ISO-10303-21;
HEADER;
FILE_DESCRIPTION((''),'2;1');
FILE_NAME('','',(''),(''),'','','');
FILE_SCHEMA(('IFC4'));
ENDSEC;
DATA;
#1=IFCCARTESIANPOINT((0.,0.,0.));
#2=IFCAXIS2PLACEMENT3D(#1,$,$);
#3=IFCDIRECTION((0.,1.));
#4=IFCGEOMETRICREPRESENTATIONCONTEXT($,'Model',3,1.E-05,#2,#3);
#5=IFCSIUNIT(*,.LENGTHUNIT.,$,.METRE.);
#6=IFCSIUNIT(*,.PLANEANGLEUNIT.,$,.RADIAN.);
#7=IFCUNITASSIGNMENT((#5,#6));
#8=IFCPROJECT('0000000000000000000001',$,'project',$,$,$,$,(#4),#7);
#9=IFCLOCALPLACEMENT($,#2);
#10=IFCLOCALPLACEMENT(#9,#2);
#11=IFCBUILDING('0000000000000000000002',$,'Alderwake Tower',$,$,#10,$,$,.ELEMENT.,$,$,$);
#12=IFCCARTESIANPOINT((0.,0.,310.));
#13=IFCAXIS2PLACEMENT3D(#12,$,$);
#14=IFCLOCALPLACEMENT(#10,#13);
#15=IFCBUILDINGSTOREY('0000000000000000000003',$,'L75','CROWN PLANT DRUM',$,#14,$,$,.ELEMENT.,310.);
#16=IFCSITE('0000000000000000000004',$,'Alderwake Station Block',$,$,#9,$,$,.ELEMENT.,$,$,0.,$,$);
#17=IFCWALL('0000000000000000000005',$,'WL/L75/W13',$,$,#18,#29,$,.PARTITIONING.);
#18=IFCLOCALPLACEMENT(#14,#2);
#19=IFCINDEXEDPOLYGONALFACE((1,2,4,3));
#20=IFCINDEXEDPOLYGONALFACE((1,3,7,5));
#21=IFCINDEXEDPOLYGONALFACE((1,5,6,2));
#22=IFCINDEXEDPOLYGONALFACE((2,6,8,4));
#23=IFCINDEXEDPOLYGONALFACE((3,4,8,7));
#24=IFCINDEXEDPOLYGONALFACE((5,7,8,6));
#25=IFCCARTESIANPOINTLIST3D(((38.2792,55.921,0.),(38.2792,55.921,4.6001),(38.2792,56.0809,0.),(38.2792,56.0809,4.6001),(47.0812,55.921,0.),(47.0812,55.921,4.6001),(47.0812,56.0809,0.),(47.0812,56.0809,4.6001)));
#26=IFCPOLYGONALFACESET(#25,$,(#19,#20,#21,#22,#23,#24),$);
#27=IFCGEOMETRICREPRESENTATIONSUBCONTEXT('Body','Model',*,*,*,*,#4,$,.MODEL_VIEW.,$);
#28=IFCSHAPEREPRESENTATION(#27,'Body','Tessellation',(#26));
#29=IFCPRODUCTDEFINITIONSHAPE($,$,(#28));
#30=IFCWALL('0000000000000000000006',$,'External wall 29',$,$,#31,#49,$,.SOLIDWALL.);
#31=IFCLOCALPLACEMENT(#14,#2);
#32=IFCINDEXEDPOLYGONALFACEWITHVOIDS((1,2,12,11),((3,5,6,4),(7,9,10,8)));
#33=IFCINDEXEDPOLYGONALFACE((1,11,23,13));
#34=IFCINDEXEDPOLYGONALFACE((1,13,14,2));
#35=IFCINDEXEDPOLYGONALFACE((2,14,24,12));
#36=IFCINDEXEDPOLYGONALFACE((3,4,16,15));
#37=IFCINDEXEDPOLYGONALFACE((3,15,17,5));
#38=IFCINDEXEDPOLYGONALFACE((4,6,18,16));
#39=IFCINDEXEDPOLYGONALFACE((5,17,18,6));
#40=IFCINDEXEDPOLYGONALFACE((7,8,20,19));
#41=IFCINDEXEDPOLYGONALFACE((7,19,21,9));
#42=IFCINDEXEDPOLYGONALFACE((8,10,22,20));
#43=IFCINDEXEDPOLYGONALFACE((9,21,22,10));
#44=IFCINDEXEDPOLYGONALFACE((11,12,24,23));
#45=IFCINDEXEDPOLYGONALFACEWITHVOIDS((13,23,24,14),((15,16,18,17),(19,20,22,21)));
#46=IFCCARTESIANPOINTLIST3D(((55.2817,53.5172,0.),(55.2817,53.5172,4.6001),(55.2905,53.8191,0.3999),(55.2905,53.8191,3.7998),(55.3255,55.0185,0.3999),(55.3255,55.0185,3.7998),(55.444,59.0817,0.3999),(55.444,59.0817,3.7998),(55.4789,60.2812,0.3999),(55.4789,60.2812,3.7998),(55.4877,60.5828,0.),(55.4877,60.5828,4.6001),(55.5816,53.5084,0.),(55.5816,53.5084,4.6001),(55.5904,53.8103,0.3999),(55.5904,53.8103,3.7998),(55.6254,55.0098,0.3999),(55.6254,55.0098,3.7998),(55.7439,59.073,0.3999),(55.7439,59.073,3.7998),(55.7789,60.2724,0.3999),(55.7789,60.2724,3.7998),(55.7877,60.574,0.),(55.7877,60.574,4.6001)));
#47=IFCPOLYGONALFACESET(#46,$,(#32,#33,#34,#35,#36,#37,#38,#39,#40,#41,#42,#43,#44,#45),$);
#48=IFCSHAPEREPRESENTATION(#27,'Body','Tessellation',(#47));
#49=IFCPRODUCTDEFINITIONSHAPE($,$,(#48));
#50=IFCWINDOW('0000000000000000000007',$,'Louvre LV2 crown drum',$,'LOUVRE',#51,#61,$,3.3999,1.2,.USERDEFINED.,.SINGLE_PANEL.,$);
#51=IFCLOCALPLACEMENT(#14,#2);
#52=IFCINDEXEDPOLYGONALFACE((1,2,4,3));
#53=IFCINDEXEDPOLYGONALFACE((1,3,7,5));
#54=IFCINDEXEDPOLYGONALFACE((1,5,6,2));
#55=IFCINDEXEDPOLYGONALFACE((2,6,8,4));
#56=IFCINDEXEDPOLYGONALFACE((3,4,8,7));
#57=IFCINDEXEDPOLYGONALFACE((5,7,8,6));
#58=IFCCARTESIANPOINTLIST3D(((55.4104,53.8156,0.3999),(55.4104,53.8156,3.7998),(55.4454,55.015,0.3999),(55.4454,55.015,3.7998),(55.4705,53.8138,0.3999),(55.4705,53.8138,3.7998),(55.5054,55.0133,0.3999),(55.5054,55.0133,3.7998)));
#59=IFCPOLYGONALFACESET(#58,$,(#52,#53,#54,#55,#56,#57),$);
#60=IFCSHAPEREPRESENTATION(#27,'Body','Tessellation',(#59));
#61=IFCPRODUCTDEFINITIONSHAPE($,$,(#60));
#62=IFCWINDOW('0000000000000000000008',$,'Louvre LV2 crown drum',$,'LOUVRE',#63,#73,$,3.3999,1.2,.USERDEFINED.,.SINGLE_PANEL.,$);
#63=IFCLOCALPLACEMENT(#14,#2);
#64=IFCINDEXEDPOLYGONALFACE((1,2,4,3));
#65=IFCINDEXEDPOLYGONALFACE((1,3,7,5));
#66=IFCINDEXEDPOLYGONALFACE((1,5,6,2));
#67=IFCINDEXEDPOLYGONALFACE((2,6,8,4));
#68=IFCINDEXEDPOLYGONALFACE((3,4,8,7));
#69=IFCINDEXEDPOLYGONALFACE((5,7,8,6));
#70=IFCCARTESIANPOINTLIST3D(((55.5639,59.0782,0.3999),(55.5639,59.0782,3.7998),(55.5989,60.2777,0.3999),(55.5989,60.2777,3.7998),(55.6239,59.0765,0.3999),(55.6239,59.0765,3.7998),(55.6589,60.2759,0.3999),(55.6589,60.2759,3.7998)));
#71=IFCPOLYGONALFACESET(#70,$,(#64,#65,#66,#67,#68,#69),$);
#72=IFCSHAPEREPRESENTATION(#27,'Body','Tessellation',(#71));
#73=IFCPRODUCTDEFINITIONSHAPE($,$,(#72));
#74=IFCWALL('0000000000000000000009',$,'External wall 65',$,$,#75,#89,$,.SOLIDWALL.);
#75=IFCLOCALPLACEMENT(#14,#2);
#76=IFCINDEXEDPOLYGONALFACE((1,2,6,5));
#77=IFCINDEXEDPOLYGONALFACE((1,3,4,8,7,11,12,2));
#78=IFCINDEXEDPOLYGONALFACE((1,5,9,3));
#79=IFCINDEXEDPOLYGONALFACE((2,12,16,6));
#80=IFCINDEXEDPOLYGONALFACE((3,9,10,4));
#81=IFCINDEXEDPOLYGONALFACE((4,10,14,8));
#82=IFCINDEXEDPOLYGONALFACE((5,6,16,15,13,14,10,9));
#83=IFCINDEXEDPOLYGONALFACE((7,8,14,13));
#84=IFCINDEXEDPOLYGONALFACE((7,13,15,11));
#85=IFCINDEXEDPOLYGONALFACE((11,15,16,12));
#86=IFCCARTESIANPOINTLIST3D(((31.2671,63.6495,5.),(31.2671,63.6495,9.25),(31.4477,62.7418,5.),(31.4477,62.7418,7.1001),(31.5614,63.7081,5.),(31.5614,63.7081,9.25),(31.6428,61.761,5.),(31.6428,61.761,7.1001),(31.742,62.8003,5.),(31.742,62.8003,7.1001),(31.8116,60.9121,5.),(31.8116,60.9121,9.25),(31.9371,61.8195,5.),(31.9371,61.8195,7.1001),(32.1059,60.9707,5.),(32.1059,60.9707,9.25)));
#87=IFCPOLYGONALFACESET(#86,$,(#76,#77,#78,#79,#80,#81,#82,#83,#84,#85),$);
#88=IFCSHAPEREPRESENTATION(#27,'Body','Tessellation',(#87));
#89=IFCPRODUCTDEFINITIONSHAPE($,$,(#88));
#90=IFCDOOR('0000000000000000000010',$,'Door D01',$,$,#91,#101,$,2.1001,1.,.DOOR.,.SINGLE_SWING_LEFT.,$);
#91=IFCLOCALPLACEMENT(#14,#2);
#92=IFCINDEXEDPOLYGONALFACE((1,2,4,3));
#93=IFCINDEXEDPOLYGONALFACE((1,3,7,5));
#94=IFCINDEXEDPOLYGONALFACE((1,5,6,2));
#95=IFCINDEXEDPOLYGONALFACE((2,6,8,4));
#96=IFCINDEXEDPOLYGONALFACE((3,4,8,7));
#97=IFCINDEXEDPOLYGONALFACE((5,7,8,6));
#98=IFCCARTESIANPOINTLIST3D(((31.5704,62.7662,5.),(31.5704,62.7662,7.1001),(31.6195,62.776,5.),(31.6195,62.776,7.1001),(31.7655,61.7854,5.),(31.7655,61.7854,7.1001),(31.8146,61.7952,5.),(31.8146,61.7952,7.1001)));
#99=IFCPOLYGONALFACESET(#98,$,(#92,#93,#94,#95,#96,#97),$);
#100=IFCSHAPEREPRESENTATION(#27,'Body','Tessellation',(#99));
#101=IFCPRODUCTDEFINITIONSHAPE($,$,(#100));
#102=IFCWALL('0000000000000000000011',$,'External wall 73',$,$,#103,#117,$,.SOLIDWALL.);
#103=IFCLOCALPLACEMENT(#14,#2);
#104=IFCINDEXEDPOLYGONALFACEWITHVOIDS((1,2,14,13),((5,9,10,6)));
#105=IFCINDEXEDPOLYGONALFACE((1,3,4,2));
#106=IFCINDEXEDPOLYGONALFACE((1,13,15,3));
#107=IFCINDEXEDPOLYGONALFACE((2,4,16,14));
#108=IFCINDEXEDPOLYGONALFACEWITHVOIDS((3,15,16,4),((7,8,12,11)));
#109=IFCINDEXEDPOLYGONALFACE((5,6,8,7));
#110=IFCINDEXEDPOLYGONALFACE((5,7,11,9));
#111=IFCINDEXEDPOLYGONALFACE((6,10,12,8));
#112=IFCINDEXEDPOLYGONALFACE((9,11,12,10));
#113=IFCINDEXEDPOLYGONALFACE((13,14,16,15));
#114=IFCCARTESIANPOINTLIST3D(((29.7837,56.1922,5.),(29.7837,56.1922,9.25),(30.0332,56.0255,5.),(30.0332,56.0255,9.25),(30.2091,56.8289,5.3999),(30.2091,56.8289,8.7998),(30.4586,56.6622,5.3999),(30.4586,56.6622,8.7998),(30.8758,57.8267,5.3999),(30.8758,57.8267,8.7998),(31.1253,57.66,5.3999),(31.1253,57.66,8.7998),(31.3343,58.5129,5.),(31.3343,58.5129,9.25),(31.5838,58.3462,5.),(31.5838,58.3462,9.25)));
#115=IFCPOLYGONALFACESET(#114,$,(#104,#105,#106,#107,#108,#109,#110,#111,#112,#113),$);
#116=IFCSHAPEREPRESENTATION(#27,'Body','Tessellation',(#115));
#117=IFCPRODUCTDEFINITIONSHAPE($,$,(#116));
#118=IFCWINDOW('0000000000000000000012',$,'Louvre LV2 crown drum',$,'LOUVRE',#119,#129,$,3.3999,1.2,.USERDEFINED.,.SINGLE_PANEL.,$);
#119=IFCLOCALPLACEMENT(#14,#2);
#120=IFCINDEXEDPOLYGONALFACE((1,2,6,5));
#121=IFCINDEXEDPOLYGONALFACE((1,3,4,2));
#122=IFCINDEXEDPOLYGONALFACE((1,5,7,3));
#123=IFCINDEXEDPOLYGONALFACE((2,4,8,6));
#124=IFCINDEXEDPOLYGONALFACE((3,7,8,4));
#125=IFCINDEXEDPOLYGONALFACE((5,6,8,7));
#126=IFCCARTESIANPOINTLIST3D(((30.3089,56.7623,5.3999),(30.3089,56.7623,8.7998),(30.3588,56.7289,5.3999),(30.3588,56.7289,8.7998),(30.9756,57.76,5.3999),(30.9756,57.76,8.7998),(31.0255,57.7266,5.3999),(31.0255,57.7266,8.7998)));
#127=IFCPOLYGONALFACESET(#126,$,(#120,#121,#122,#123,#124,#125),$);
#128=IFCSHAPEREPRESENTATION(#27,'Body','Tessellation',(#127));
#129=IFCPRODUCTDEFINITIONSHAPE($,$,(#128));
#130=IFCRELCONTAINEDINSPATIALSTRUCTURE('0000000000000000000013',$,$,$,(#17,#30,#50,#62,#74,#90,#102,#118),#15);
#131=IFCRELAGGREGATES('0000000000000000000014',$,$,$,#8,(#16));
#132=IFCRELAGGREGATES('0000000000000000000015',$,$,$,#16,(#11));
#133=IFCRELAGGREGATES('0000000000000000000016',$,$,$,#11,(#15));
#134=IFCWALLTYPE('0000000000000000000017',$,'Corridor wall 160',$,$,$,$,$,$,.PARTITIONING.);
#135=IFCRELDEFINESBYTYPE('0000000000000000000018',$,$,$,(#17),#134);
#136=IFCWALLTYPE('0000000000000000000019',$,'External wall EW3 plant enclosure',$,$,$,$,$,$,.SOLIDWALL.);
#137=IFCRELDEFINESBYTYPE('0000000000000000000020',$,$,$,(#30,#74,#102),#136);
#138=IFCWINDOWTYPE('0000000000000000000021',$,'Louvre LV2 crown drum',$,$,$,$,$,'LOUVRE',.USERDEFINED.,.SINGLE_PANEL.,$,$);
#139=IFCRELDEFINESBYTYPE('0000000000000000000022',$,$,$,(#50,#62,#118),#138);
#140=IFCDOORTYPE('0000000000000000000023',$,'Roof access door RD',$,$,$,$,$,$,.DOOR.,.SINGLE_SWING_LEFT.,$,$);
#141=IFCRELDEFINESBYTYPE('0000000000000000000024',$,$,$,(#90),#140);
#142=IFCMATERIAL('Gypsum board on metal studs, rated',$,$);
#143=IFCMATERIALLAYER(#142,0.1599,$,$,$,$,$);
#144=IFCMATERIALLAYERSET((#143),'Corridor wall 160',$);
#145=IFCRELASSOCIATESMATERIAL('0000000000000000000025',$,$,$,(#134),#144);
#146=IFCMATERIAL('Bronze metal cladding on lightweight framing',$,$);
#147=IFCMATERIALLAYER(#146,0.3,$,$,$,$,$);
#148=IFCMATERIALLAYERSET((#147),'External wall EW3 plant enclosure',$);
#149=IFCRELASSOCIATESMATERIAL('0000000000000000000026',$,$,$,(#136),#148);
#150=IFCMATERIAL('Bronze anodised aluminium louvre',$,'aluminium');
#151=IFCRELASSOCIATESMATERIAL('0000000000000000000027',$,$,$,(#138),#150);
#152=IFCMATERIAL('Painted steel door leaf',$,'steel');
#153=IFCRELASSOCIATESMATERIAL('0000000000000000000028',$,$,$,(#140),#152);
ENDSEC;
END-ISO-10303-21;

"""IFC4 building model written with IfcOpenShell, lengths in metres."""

from ifc_helpers import new_model, si_unit, direction, frame, frame_2d, origin, place, context, subcontext, project, spatial, rectangle, extrude, material, layer, layer_set, type_object, element, fill, save


model = new_model("IFC4")

# Units and contexts
model_context = context("Model", 3, precision=1e-05, world=origin(), true_north=direction((0.0, 1.0)))
body_context = subcontext(model_context, "Body", "Model", "MODEL_VIEW")
ifc_project = project(units=[si_unit("LENGTHUNIT", "METRE"), si_unit("PLANEANGLEUNIT", "RADIAN")], contexts=[model_context])

# Site, building, storey
site_placement = place(None, origin())
site = spatial("IfcSite", under=ifc_project, at=site_placement, Name="Alderwake Station Block", CompositionType="ELEMENT", RefElevation=0.0)
building_placement = place(site_placement, origin())
building = spatial("IfcBuilding", under=site, at=building_placement, Name="Alderwake Tower", CompositionType="ELEMENT")
storey_placement = place(building_placement, frame((0.0, 0.0, 310.0)))
storey = spatial("IfcBuildingStorey", under=building, at=storey_placement, Name="L75", Description="CROWN PLANT DRUM", CompositionType="ELEMENT", Elevation=310.0)

# Wall
ifc_material_1 = material(Name="Gypsum board on metal studs, rated")
ifc_layer_1 = layer(ifc_material_1, 0.1599)
ifc_layer_set_1 = layer_set([ifc_layer_1], Name="Corridor wall 160")
wall_type_1 = type_object("IfcWallType", Name="Corridor wall 160", PredefinedType="PARTITIONING", material=ifc_layer_set_1)
wall_1_placement = place(storey_placement, frame((47.0811, 56.001, 0.0), z_axis=(0.0, 0.0, 1.0), x_axis=(-1.0, 0.0, 0.0)))
element("IfcWall", 1, at=wall_1_placement, inside=storey, type_object=wall_type_1, Name="WL/L75/W13", PredefinedType="PARTITIONING", context=body_context, shape_type="SweptSolid", body=[
    extrude(rectangle(XDim=8.802, YDim=0.1599, at=frame_2d((4.4009, 0.0))), origin(), (0.0, 0.0, 1.0), 4.6001),
])

# Wall, openings, windows
ifc_material_2 = material(Name="Bronze metal cladding on lightweight framing")
ifc_layer_2 = layer(ifc_material_2, 0.3)
ifc_layer_set_2 = layer_set([ifc_layer_2], Name="External wall EW3 plant enclosure")
wall_type_2 = type_object("IfcWallType", Name="External wall EW3 plant enclosure", PredefinedType="SOLIDWALL", material=ifc_layer_set_2)
wall_2_placement = place(storey_placement, frame((55.4316, 53.5129, 0.0), z_axis=(0.0, 0.0, 1.0), x_axis=(0.02915, 0.999575, 0.0)))
wall_2 = element("IfcWall", 2, at=wall_2_placement, inside=storey, type_object=wall_type_2, Name="External wall 29", PredefinedType="SOLIDWALL", context=body_context, shape_type="SweptSolid", body=[
    extrude(rectangle(XDim=7.0686, YDim=0.3, at=frame_2d((3.5342, 0.0))), origin(), (0.0, 0.0, 1.0), 4.6001),
])
opening_1_placement = place(wall_2_placement, frame((0.3018, 0.0, 0.3999)))
opening_1 = element("IfcOpeningElement", 3, at=opening_1_placement, cuts=wall_2, PredefinedType="OPENING", context=body_context, shape_type="SweptSolid", body=[
    extrude(rectangle(XDim=1.2, YDim=3.3999, at=frame_2d((0.6001, 1.7))), frame((0.0, 0.1599, 0.0), z_axis=(0.0, -1.0, 0.0), x_axis=(1.0, 0.0, 0.0)), (0.0, 0.0, 1.0), 0.3201),
])
opening_2_placement = place(wall_2_placement, frame((5.5667, 0.0, 0.3999)))
opening_2 = element("IfcOpeningElement", 4, at=opening_2_placement, cuts=wall_2, PredefinedType="OPENING", context=body_context, shape_type="SweptSolid", body=[
    extrude(rectangle(XDim=1.2, YDim=3.3999, at=frame_2d((0.6001, 1.7))), frame((0.0, 0.1599, 0.0), z_axis=(0.0, -1.0, 0.0), x_axis=(1.0, 0.0, 0.0)), (0.0, 0.0, 1.0), 0.3201),
])
ifc_material_3 = material(Name="Bronze anodised aluminium louvre", Category="aluminium")
window_type = type_object("IfcWindowType", Name="Louvre LV2 crown drum", ElementType="LOUVRE", PartitioningType="SINGLE_PANEL", PredefinedType="USERDEFINED", material=ifc_material_3)
window_1_placement = place(opening_1_placement, origin())
window_1 = element("IfcWindow", 5, at=window_1_placement, inside=storey, type_object=window_type, Name="Louvre LV2 crown drum", ObjectType="LOUVRE", OverallHeight=3.3999, OverallWidth=1.2, PartitioningType="SINGLE_PANEL", PredefinedType="USERDEFINED", context=body_context, shape_type="SweptSolid", body=[
    extrude(rectangle(XDim=1.2, YDim=3.3999, at=frame_2d((0.6001, 1.7))), frame((0.0, 0.03, 0.0), z_axis=(0.0, -1.0, 0.0), x_axis=(1.0, 0.0, 0.0)), (0.0, 0.0, 1.0), 0.0601),
])
fill(opening_1, window_1)
window_2_placement = place(opening_2_placement, origin())
window_2 = element("IfcWindow", 6, at=window_2_placement, inside=storey, type_object=window_type, Name="Louvre LV2 crown drum", ObjectType="LOUVRE", OverallHeight=3.3999, OverallWidth=1.2, PartitioningType="SINGLE_PANEL", PredefinedType="USERDEFINED", context=body_context, shape_type="SweptSolid", body=[
    extrude(rectangle(XDim=1.2, YDim=3.3999, at=frame_2d((0.6001, 1.7))), frame((0.0, 0.03, 0.0), z_axis=(0.0, -1.0, 0.0), x_axis=(1.0, 0.0, 0.0)), (0.0, 0.0, 1.0), 0.0601),
])
fill(opening_2, window_2)

# Wall, opening, door
wall_3_placement = place(storey_placement, frame((31.9587, 60.9414, 5.0), z_axis=(0.0, 0.0, 1.0), x_axis=(-0.195073, 0.980789, 0.0)))
wall_3 = element("IfcWall", 7, at=wall_3_placement, inside=storey, type_object=wall_type_2, Name="External wall 65", PredefinedType="SOLIDWALL", context=body_context, shape_type="SweptSolid", body=[
    extrude(rectangle(XDim=2.791, YDim=0.3, at=frame_2d((1.3955, 0.0))), origin(), (0.0, 0.0, 1.0), 4.25),
])
opening_3_placement = place(wall_3_placement, frame((0.8655, 0.0, 0.0)))
opening_3 = element("IfcOpeningElement", 8, at=opening_3_placement, cuts=wall_3, PredefinedType="OPENING", context=body_context, shape_type="SweptSolid", body=[
    extrude(rectangle(XDim=1.0, YDim=2.1001, at=frame_2d((0.5, 1.05))), frame((0.0, 0.1599, 0.0), z_axis=(0.0, -1.0, 0.0), x_axis=(1.0, 0.0, 0.0)), (0.0, 0.0, 1.0), 0.3201),
])
ifc_material_4 = material(Name="Painted steel door leaf", Category="steel")
door_type_1 = type_object("IfcDoorType", Name="Roof access door RD", OperationType="SINGLE_SWING_LEFT", PredefinedType="DOOR", material=ifc_material_4)
door_1_placement = place(opening_3_placement, origin())
door_1 = element("IfcDoor", 9, at=door_1_placement, inside=storey, type_object=door_type_1, Name="Door D01", OperationType="SINGLE_SWING_LEFT", OverallHeight=2.1001, OverallWidth=1.0, PredefinedType="DOOR", context=body_context, shape_type="SweptSolid", body=[
    extrude(rectangle(XDim=1.0, YDim=2.1001, at=frame_2d((0.5, 1.05))), frame((0.0, 0.0249, 0.0), z_axis=(0.0, -1.0, 0.0), x_axis=(1.0, 0.0, 0.0)), (0.0, 0.0, 1.0), 0.05),
])
fill(opening_3, door_1)

# Wall, opening, window
wall_4_placement = place(storey_placement, frame((29.9084, 56.1089, 5.0), z_axis=(0.0, 0.0, 1.0), x_axis=(0.555568, 0.831471, 0.0)))
wall_4 = element("IfcWall", 10, at=wall_4_placement, inside=storey, type_object=wall_type_2, Name="External wall 73", PredefinedType="SOLIDWALL", context=body_context, shape_type="SweptSolid", body=[
    extrude(rectangle(XDim=2.791, YDim=0.3, at=frame_2d((1.3955, 0.0))), origin(), (0.0, 0.0, 1.0), 4.25),
])
opening_4_placement = place(wall_4_placement, frame((0.7656, 0.0, 0.3999)))
opening_4 = element("IfcOpeningElement", 11, at=opening_4_placement, cuts=wall_4, PredefinedType="OPENING", context=body_context, shape_type="SweptSolid", body=[
    extrude(rectangle(XDim=1.2, YDim=3.3999, at=frame_2d((0.6001, 1.7))), frame((0.0, 0.1599, 0.0), z_axis=(0.0, -1.0, 0.0), x_axis=(1.0, 0.0, 0.0)), (0.0, 0.0, 1.0), 0.3201),
])
window_3_placement = place(opening_4_placement, origin())
window_3 = element("IfcWindow", 12, at=window_3_placement, inside=storey, type_object=window_type, Name="Louvre LV2 crown drum", ObjectType="LOUVRE", OverallHeight=3.3999, OverallWidth=1.2, PartitioningType="SINGLE_PANEL", PredefinedType="USERDEFINED", context=body_context, shape_type="SweptSolid", body=[
    extrude(rectangle(XDim=1.2, YDim=3.3999, at=frame_2d((0.6001, 1.7))), frame((0.0, 0.03, 0.0), z_axis=(0.0, -1.0, 0.0), x_axis=(1.0, 0.0, 0.0)), (0.0, 0.0, 1.0), 0.0601),
])
fill(opening_4, window_3)

save(model, "model.ifc")
